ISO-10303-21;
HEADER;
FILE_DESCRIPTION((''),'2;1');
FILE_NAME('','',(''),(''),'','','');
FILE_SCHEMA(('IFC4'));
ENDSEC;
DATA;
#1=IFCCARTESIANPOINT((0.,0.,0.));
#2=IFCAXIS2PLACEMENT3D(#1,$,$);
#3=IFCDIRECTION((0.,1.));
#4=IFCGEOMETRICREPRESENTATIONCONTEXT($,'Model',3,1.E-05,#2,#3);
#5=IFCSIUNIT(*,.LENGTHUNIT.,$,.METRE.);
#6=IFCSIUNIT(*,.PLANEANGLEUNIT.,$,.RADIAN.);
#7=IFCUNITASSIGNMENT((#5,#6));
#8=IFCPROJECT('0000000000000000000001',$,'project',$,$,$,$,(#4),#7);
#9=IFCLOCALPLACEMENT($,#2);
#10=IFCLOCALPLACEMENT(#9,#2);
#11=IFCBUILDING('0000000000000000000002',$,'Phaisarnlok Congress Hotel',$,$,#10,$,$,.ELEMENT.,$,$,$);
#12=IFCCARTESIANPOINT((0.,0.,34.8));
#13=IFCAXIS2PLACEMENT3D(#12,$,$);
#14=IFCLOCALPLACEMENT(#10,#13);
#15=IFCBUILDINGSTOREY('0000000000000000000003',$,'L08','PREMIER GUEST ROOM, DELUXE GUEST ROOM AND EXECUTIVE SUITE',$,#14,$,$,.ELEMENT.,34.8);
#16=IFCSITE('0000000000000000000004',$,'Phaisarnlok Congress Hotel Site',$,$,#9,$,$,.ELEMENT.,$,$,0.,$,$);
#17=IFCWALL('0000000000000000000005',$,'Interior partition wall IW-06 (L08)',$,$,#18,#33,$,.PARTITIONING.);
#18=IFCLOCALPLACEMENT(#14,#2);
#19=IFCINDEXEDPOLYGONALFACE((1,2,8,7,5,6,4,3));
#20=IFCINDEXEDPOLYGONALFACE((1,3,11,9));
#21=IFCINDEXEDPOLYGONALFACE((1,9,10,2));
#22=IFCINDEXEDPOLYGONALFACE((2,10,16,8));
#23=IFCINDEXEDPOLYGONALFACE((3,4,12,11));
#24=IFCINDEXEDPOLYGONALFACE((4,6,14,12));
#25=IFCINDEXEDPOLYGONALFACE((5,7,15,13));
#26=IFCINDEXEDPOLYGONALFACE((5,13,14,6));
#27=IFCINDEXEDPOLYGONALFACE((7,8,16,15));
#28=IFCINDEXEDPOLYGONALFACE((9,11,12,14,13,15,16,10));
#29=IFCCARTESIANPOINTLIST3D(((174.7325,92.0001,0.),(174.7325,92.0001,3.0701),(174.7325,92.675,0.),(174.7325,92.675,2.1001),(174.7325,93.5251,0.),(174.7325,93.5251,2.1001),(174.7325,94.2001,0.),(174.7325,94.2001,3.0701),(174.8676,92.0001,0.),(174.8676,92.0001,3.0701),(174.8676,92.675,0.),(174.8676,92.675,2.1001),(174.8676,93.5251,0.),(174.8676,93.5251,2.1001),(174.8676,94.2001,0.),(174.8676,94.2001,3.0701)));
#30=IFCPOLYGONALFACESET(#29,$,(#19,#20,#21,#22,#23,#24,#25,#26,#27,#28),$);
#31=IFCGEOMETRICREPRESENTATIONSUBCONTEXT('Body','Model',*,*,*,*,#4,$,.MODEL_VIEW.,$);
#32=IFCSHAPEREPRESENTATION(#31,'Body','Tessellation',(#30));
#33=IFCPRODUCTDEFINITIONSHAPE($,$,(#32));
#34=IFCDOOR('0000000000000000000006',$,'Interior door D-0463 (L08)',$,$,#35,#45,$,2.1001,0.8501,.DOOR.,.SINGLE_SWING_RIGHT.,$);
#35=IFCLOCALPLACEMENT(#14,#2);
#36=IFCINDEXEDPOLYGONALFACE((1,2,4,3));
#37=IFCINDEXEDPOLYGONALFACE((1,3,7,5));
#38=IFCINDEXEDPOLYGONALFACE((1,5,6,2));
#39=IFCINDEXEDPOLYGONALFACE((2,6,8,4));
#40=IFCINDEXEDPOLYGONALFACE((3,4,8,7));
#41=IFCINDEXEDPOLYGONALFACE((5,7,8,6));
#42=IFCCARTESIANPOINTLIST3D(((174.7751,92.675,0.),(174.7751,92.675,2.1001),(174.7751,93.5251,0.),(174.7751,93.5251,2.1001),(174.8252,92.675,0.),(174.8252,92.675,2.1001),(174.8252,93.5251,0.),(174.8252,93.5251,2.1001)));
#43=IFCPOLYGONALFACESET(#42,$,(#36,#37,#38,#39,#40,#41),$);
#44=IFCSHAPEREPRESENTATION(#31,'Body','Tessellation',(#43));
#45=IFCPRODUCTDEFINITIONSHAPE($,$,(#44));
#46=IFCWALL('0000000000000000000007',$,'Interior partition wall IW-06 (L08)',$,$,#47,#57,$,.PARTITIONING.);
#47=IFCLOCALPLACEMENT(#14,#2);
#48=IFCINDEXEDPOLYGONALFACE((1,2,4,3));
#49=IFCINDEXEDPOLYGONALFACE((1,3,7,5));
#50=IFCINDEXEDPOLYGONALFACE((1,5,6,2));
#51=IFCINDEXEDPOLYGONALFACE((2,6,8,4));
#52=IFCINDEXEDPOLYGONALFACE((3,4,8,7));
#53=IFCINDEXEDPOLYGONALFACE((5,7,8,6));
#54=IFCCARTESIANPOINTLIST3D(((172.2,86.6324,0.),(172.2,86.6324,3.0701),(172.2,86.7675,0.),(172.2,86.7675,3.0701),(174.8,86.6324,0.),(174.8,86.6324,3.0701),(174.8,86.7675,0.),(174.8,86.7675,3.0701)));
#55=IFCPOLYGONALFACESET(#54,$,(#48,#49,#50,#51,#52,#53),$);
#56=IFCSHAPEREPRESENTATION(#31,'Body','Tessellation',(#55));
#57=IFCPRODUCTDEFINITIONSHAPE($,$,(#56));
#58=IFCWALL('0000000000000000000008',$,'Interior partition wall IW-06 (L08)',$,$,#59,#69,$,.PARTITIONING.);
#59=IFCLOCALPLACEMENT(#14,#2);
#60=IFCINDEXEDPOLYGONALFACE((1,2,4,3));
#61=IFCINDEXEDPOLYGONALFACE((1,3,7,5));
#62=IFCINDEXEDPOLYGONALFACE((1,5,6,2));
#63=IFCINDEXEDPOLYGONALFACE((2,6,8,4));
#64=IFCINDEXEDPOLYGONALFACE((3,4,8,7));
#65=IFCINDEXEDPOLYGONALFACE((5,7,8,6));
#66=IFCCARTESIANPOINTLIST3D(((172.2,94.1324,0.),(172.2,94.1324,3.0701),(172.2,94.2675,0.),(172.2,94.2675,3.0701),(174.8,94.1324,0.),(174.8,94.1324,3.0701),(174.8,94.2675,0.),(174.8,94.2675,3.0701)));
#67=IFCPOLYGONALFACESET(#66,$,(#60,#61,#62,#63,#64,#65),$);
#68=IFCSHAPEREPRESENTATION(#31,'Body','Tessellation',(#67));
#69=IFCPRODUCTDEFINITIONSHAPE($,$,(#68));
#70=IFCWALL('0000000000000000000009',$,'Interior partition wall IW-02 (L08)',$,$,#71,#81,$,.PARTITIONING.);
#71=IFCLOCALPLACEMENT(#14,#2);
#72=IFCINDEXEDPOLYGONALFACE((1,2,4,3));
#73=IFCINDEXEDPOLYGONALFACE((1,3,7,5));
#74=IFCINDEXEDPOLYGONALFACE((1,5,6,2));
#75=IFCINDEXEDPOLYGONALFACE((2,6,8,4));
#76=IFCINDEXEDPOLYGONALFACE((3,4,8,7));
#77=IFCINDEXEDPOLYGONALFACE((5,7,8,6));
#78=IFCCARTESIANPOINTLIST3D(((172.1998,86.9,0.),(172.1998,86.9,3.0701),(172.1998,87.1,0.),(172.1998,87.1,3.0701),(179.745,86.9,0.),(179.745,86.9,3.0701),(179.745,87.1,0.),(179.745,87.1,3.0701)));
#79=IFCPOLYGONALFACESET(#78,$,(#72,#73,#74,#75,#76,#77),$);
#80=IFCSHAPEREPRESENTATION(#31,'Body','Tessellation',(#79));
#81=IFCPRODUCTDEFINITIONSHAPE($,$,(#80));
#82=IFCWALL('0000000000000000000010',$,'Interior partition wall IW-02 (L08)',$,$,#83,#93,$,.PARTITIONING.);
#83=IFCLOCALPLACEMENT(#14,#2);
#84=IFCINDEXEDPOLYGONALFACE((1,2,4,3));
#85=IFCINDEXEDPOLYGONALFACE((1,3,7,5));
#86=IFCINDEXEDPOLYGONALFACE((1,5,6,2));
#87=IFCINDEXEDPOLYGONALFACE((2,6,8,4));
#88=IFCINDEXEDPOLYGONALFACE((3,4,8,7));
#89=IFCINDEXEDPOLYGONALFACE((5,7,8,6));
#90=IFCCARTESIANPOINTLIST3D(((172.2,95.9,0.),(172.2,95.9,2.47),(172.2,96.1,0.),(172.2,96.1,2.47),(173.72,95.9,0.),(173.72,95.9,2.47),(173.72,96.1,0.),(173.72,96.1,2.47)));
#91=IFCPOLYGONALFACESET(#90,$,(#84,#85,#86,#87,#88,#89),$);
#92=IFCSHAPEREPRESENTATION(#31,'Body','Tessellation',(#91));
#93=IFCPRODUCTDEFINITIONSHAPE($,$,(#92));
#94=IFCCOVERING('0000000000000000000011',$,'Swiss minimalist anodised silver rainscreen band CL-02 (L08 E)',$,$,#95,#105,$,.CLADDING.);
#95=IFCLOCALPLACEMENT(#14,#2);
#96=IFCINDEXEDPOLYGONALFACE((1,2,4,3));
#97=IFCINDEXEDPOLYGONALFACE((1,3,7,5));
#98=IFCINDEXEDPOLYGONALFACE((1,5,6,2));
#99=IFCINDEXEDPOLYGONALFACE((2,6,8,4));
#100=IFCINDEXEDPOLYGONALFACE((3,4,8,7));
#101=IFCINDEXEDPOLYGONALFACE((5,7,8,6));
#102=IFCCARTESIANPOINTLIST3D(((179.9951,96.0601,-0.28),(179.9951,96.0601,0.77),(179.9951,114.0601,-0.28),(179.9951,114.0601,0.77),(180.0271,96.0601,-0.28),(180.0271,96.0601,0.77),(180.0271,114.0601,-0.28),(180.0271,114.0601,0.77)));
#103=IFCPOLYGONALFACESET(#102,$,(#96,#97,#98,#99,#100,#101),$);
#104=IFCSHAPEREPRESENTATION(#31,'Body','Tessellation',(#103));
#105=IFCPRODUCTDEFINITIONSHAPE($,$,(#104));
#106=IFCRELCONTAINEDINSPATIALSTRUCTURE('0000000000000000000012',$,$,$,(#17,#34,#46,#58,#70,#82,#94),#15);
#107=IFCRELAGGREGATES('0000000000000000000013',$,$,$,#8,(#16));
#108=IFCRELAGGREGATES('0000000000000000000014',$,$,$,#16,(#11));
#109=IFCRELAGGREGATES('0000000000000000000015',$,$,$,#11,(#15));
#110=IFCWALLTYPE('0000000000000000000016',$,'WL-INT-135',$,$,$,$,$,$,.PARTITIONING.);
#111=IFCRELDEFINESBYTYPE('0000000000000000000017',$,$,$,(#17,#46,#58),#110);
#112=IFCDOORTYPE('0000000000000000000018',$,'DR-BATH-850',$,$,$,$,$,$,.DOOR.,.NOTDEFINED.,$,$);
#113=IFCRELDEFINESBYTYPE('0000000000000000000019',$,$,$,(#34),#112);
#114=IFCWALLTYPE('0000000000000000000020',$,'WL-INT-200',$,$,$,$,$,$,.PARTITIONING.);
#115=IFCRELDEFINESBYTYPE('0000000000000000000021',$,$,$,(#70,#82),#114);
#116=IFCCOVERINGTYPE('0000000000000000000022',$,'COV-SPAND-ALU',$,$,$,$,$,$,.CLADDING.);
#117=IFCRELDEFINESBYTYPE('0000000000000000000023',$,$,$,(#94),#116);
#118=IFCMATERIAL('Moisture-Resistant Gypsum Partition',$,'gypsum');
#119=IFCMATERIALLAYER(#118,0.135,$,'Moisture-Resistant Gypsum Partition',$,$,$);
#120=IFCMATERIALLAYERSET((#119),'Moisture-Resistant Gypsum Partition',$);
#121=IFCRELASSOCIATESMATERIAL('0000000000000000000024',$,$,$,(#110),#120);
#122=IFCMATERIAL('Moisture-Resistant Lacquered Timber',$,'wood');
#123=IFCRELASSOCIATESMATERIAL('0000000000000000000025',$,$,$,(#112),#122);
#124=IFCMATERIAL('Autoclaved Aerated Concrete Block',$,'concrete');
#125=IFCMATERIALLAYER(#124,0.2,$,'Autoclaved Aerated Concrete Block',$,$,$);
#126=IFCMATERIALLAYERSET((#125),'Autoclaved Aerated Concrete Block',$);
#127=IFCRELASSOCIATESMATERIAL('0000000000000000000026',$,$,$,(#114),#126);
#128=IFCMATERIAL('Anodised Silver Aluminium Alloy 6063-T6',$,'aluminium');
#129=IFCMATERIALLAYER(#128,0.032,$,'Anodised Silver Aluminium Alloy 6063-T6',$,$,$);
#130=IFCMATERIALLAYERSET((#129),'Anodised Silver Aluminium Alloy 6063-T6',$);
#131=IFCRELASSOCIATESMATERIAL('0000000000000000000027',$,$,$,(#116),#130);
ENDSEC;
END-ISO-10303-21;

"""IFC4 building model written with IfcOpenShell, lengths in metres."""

from ifc_helpers import new_model, si_unit, direction, frame, frame_2d, origin, place, context, subcontext, project, spatial, polyline, rectangle, outline, extrude, material, layer, layer_set, type_object, element, fill, save


model = new_model("IFC4")

# Units and contexts
model_context = context("Model", 3, precision=1e-05, world=origin(), true_north=direction((0.0, 1.0)))
body_context = subcontext(model_context, "Body", "Model", "MODEL_VIEW")
ifc_project = project(units=[si_unit("LENGTHUNIT", "METRE"), si_unit("PLANEANGLEUNIT", "RADIAN")], contexts=[model_context])

# Site, building, storey
site_placement = place(None, origin())
site = spatial("IfcSite", under=ifc_project, at=site_placement, Name="Phaisarnlok Congress Hotel Site", CompositionType="ELEMENT", RefElevation=0.0)
building_placement = place(site_placement, origin())
building = spatial("IfcBuilding", under=site, at=building_placement, Name="Phaisarnlok Congress Hotel", CompositionType="ELEMENT")
storey_placement = place(building_placement, frame((0.0, 0.0, 34.8)))
storey = spatial("IfcBuildingStorey", under=building, at=storey_placement, Name="L08", Description="PREMIER GUEST ROOM, DELUXE GUEST ROOM AND EXECUTIVE SUITE", CompositionType="ELEMENT", Elevation=34.8)

# Wall, opening, door
ifc_material_1 = material(Name="Moisture-Resistant Gypsum Partition", Category="gypsum")
ifc_layer_1 = layer(ifc_material_1, 0.135, Name="Moisture-Resistant Gypsum Partition")
ifc_layer_set_1 = layer_set([ifc_layer_1], Name="Moisture-Resistant Gypsum Partition")
wall_type_1 = type_object("IfcWallType", Name="WL-INT-135", PredefinedType="PARTITIONING", material=ifc_layer_set_1)
wall_1_placement = place(storey_placement, frame((174.8, 92.0, 0.0), z_axis=(0.0, 0.0, 1.0), x_axis=(0.0, 1.0, 0.0)))
wall_1 = element("IfcWall", 1, at=wall_1_placement, inside=storey, type_object=wall_type_1, Name="Interior partition wall IW-06 (L08)", PredefinedType="PARTITIONING", context=body_context, shape_type="SweptSolid", body=[
    extrude(rectangle(XDim=2.2, YDim=0.135, at=frame_2d((1.1001, 0.0))), origin(), (0.0, 0.0, 1.0), 3.0701),
])
opening_1_placement = place(wall_1_placement, frame((0.675, 0.0, 0.0)))
opening_1 = element("IfcOpeningElement", 2, at=opening_1_placement, cuts=wall_1, PredefinedType="OPENING", context=body_context, shape_type="SweptSolid", body=[
    extrude(rectangle(XDim=0.8501, YDim=2.1001, at=frame_2d((0.425, 1.05))), frame((0.0, 0.0776, 0.0), z_axis=(0.0, -1.0, 0.0), x_axis=(1.0, 0.0, 0.0)), (0.0, 0.0, 1.0), 0.155),
])
ifc_material_2 = material(Name="Moisture-Resistant Lacquered Timber", Category="wood")
door_type = type_object("IfcDoorType", Name="DR-BATH-850", OperationType="NOTDEFINED", PredefinedType="DOOR", material=ifc_material_2)
door_placement = place(opening_1_placement, origin())
door = element("IfcDoor", 3, at=door_placement, inside=storey, type_object=door_type, Name="Interior door D-0463 (L08)", OperationType="SINGLE_SWING_RIGHT", OverallHeight=2.1001, OverallWidth=0.8501, PredefinedType="DOOR", context=body_context, shape_type="SweptSolid", body=[
    extrude(rectangle(XDim=0.8501, YDim=2.1001, at=frame_2d((0.425, 1.05))), frame((0.0, 0.0249, 0.0), z_axis=(0.0, -1.0, 0.0), x_axis=(1.0, 0.0, 0.0)), (0.0, 0.0, 1.0), 0.05),
])
fill(opening_1, door)

# Walls
for number, where, z_axis, x_axis, name in (
    (4, (172.2, 86.7, 0.0), (0.0, 0.0, 1.0), (1.0, 0.0, 0.0), "Interior partition wall IW-06 (L08)"),
    (5, (172.2, 94.2, 0.0), (0.0, 0.0, 1.0), (1.0, 0.0, 0.0), "Interior partition wall IW-06 (L08)"),
):
    element("IfcWall", number, at=place(storey_placement, frame(where, z_axis=z_axis, x_axis=x_axis)), inside=storey, type_object=wall_type_1, Name=name, PredefinedType="PARTITIONING", context=body_context, shape_type="SweptSolid", body=[
        extrude(rectangle(XDim=2.6001, YDim=0.135, at=frame_2d((1.3, 0.0))), origin(), (0.0, 0.0, 1.0), 3.0701),
    ])
ifc_material_3 = material(Name="Autoclaved Aerated Concrete Block", Category="concrete")
ifc_layer_2 = layer(ifc_material_3, 0.2, Name="Autoclaved Aerated Concrete Block")
ifc_layer_set_2 = layer_set([ifc_layer_2], Name="Autoclaved Aerated Concrete Block")
wall_type_2 = type_object("IfcWallType", Name="WL-INT-200", PredefinedType="PARTITIONING", material=ifc_layer_set_2)
wall_2_placement = place(storey_placement, frame((172.2, 87.0, 0.0), z_axis=(0.0, 0.0, 1.0), x_axis=(1.0, 0.0, 0.0)))
element("IfcWall", 6, at=wall_2_placement, inside=storey, type_object=wall_type_2, Name="Interior partition wall IW-02 (L08)", PredefinedType="PARTITIONING", context=body_context, shape_type="SweptSolid", body=[
    extrude(rectangle(XDim=7.5452, YDim=0.2, at=frame_2d((3.7725, 0.0))), origin(), (0.0, 0.0, 1.0), 3.0701),
])
wall_3_placement = place(storey_placement, frame((172.2, 96.0, 0.0), z_axis=(0.0, 0.0, 1.0), x_axis=(1.0, 0.0, 0.0)))
element("IfcWall", 7, at=wall_3_placement, inside=storey, type_object=wall_type_2, Name="Interior partition wall IW-02 (L08)", PredefinedType="PARTITIONING", context=body_context, shape_type="SweptSolid", body=[
    extrude(rectangle(XDim=1.52, YDim=0.2, at=frame_2d((0.76, 0.0))), origin(), (0.0, 0.0, 1.0), 2.47),
])

# Covering
ifc_material_4 = material(Name="Anodised Silver Aluminium Alloy 6063-T6", Category="aluminium")
ifc_layer_3 = layer(ifc_material_4, 0.032, Name="Anodised Silver Aluminium Alloy 6063-T6")
ifc_layer_set_3 = layer_set([ifc_layer_3], Name="Anodised Silver Aluminium Alloy 6063-T6")
covering_type = type_object("IfcCoveringType", Name="COV-SPAND-ALU", PredefinedType="CLADDING", material=ifc_layer_set_3)
covering_placement = place(storey_placement, frame((179.9951, 96.0601, -0.28), z_axis=(1.0, 0.0, 0.0), x_axis=(0.0, 1.0, 0.0)))
element("IfcCovering", 8, at=covering_placement, inside=storey, type_object=covering_type, Name="Swiss minimalist anodised silver rainscreen band CL-02 (L08 E)", PredefinedType="CLADDING", context=body_context, shape_type="SweptSolid", body=[
    extrude(outline(polyline([(0.0, 0.0), (18.0, 0.0), (18.0, 1.05), (0.0, 1.05), (0.0, 0.0)])), origin(), (0.0, 0.0, 1.0), 0.032),
])

save(model, "model.ifc")
